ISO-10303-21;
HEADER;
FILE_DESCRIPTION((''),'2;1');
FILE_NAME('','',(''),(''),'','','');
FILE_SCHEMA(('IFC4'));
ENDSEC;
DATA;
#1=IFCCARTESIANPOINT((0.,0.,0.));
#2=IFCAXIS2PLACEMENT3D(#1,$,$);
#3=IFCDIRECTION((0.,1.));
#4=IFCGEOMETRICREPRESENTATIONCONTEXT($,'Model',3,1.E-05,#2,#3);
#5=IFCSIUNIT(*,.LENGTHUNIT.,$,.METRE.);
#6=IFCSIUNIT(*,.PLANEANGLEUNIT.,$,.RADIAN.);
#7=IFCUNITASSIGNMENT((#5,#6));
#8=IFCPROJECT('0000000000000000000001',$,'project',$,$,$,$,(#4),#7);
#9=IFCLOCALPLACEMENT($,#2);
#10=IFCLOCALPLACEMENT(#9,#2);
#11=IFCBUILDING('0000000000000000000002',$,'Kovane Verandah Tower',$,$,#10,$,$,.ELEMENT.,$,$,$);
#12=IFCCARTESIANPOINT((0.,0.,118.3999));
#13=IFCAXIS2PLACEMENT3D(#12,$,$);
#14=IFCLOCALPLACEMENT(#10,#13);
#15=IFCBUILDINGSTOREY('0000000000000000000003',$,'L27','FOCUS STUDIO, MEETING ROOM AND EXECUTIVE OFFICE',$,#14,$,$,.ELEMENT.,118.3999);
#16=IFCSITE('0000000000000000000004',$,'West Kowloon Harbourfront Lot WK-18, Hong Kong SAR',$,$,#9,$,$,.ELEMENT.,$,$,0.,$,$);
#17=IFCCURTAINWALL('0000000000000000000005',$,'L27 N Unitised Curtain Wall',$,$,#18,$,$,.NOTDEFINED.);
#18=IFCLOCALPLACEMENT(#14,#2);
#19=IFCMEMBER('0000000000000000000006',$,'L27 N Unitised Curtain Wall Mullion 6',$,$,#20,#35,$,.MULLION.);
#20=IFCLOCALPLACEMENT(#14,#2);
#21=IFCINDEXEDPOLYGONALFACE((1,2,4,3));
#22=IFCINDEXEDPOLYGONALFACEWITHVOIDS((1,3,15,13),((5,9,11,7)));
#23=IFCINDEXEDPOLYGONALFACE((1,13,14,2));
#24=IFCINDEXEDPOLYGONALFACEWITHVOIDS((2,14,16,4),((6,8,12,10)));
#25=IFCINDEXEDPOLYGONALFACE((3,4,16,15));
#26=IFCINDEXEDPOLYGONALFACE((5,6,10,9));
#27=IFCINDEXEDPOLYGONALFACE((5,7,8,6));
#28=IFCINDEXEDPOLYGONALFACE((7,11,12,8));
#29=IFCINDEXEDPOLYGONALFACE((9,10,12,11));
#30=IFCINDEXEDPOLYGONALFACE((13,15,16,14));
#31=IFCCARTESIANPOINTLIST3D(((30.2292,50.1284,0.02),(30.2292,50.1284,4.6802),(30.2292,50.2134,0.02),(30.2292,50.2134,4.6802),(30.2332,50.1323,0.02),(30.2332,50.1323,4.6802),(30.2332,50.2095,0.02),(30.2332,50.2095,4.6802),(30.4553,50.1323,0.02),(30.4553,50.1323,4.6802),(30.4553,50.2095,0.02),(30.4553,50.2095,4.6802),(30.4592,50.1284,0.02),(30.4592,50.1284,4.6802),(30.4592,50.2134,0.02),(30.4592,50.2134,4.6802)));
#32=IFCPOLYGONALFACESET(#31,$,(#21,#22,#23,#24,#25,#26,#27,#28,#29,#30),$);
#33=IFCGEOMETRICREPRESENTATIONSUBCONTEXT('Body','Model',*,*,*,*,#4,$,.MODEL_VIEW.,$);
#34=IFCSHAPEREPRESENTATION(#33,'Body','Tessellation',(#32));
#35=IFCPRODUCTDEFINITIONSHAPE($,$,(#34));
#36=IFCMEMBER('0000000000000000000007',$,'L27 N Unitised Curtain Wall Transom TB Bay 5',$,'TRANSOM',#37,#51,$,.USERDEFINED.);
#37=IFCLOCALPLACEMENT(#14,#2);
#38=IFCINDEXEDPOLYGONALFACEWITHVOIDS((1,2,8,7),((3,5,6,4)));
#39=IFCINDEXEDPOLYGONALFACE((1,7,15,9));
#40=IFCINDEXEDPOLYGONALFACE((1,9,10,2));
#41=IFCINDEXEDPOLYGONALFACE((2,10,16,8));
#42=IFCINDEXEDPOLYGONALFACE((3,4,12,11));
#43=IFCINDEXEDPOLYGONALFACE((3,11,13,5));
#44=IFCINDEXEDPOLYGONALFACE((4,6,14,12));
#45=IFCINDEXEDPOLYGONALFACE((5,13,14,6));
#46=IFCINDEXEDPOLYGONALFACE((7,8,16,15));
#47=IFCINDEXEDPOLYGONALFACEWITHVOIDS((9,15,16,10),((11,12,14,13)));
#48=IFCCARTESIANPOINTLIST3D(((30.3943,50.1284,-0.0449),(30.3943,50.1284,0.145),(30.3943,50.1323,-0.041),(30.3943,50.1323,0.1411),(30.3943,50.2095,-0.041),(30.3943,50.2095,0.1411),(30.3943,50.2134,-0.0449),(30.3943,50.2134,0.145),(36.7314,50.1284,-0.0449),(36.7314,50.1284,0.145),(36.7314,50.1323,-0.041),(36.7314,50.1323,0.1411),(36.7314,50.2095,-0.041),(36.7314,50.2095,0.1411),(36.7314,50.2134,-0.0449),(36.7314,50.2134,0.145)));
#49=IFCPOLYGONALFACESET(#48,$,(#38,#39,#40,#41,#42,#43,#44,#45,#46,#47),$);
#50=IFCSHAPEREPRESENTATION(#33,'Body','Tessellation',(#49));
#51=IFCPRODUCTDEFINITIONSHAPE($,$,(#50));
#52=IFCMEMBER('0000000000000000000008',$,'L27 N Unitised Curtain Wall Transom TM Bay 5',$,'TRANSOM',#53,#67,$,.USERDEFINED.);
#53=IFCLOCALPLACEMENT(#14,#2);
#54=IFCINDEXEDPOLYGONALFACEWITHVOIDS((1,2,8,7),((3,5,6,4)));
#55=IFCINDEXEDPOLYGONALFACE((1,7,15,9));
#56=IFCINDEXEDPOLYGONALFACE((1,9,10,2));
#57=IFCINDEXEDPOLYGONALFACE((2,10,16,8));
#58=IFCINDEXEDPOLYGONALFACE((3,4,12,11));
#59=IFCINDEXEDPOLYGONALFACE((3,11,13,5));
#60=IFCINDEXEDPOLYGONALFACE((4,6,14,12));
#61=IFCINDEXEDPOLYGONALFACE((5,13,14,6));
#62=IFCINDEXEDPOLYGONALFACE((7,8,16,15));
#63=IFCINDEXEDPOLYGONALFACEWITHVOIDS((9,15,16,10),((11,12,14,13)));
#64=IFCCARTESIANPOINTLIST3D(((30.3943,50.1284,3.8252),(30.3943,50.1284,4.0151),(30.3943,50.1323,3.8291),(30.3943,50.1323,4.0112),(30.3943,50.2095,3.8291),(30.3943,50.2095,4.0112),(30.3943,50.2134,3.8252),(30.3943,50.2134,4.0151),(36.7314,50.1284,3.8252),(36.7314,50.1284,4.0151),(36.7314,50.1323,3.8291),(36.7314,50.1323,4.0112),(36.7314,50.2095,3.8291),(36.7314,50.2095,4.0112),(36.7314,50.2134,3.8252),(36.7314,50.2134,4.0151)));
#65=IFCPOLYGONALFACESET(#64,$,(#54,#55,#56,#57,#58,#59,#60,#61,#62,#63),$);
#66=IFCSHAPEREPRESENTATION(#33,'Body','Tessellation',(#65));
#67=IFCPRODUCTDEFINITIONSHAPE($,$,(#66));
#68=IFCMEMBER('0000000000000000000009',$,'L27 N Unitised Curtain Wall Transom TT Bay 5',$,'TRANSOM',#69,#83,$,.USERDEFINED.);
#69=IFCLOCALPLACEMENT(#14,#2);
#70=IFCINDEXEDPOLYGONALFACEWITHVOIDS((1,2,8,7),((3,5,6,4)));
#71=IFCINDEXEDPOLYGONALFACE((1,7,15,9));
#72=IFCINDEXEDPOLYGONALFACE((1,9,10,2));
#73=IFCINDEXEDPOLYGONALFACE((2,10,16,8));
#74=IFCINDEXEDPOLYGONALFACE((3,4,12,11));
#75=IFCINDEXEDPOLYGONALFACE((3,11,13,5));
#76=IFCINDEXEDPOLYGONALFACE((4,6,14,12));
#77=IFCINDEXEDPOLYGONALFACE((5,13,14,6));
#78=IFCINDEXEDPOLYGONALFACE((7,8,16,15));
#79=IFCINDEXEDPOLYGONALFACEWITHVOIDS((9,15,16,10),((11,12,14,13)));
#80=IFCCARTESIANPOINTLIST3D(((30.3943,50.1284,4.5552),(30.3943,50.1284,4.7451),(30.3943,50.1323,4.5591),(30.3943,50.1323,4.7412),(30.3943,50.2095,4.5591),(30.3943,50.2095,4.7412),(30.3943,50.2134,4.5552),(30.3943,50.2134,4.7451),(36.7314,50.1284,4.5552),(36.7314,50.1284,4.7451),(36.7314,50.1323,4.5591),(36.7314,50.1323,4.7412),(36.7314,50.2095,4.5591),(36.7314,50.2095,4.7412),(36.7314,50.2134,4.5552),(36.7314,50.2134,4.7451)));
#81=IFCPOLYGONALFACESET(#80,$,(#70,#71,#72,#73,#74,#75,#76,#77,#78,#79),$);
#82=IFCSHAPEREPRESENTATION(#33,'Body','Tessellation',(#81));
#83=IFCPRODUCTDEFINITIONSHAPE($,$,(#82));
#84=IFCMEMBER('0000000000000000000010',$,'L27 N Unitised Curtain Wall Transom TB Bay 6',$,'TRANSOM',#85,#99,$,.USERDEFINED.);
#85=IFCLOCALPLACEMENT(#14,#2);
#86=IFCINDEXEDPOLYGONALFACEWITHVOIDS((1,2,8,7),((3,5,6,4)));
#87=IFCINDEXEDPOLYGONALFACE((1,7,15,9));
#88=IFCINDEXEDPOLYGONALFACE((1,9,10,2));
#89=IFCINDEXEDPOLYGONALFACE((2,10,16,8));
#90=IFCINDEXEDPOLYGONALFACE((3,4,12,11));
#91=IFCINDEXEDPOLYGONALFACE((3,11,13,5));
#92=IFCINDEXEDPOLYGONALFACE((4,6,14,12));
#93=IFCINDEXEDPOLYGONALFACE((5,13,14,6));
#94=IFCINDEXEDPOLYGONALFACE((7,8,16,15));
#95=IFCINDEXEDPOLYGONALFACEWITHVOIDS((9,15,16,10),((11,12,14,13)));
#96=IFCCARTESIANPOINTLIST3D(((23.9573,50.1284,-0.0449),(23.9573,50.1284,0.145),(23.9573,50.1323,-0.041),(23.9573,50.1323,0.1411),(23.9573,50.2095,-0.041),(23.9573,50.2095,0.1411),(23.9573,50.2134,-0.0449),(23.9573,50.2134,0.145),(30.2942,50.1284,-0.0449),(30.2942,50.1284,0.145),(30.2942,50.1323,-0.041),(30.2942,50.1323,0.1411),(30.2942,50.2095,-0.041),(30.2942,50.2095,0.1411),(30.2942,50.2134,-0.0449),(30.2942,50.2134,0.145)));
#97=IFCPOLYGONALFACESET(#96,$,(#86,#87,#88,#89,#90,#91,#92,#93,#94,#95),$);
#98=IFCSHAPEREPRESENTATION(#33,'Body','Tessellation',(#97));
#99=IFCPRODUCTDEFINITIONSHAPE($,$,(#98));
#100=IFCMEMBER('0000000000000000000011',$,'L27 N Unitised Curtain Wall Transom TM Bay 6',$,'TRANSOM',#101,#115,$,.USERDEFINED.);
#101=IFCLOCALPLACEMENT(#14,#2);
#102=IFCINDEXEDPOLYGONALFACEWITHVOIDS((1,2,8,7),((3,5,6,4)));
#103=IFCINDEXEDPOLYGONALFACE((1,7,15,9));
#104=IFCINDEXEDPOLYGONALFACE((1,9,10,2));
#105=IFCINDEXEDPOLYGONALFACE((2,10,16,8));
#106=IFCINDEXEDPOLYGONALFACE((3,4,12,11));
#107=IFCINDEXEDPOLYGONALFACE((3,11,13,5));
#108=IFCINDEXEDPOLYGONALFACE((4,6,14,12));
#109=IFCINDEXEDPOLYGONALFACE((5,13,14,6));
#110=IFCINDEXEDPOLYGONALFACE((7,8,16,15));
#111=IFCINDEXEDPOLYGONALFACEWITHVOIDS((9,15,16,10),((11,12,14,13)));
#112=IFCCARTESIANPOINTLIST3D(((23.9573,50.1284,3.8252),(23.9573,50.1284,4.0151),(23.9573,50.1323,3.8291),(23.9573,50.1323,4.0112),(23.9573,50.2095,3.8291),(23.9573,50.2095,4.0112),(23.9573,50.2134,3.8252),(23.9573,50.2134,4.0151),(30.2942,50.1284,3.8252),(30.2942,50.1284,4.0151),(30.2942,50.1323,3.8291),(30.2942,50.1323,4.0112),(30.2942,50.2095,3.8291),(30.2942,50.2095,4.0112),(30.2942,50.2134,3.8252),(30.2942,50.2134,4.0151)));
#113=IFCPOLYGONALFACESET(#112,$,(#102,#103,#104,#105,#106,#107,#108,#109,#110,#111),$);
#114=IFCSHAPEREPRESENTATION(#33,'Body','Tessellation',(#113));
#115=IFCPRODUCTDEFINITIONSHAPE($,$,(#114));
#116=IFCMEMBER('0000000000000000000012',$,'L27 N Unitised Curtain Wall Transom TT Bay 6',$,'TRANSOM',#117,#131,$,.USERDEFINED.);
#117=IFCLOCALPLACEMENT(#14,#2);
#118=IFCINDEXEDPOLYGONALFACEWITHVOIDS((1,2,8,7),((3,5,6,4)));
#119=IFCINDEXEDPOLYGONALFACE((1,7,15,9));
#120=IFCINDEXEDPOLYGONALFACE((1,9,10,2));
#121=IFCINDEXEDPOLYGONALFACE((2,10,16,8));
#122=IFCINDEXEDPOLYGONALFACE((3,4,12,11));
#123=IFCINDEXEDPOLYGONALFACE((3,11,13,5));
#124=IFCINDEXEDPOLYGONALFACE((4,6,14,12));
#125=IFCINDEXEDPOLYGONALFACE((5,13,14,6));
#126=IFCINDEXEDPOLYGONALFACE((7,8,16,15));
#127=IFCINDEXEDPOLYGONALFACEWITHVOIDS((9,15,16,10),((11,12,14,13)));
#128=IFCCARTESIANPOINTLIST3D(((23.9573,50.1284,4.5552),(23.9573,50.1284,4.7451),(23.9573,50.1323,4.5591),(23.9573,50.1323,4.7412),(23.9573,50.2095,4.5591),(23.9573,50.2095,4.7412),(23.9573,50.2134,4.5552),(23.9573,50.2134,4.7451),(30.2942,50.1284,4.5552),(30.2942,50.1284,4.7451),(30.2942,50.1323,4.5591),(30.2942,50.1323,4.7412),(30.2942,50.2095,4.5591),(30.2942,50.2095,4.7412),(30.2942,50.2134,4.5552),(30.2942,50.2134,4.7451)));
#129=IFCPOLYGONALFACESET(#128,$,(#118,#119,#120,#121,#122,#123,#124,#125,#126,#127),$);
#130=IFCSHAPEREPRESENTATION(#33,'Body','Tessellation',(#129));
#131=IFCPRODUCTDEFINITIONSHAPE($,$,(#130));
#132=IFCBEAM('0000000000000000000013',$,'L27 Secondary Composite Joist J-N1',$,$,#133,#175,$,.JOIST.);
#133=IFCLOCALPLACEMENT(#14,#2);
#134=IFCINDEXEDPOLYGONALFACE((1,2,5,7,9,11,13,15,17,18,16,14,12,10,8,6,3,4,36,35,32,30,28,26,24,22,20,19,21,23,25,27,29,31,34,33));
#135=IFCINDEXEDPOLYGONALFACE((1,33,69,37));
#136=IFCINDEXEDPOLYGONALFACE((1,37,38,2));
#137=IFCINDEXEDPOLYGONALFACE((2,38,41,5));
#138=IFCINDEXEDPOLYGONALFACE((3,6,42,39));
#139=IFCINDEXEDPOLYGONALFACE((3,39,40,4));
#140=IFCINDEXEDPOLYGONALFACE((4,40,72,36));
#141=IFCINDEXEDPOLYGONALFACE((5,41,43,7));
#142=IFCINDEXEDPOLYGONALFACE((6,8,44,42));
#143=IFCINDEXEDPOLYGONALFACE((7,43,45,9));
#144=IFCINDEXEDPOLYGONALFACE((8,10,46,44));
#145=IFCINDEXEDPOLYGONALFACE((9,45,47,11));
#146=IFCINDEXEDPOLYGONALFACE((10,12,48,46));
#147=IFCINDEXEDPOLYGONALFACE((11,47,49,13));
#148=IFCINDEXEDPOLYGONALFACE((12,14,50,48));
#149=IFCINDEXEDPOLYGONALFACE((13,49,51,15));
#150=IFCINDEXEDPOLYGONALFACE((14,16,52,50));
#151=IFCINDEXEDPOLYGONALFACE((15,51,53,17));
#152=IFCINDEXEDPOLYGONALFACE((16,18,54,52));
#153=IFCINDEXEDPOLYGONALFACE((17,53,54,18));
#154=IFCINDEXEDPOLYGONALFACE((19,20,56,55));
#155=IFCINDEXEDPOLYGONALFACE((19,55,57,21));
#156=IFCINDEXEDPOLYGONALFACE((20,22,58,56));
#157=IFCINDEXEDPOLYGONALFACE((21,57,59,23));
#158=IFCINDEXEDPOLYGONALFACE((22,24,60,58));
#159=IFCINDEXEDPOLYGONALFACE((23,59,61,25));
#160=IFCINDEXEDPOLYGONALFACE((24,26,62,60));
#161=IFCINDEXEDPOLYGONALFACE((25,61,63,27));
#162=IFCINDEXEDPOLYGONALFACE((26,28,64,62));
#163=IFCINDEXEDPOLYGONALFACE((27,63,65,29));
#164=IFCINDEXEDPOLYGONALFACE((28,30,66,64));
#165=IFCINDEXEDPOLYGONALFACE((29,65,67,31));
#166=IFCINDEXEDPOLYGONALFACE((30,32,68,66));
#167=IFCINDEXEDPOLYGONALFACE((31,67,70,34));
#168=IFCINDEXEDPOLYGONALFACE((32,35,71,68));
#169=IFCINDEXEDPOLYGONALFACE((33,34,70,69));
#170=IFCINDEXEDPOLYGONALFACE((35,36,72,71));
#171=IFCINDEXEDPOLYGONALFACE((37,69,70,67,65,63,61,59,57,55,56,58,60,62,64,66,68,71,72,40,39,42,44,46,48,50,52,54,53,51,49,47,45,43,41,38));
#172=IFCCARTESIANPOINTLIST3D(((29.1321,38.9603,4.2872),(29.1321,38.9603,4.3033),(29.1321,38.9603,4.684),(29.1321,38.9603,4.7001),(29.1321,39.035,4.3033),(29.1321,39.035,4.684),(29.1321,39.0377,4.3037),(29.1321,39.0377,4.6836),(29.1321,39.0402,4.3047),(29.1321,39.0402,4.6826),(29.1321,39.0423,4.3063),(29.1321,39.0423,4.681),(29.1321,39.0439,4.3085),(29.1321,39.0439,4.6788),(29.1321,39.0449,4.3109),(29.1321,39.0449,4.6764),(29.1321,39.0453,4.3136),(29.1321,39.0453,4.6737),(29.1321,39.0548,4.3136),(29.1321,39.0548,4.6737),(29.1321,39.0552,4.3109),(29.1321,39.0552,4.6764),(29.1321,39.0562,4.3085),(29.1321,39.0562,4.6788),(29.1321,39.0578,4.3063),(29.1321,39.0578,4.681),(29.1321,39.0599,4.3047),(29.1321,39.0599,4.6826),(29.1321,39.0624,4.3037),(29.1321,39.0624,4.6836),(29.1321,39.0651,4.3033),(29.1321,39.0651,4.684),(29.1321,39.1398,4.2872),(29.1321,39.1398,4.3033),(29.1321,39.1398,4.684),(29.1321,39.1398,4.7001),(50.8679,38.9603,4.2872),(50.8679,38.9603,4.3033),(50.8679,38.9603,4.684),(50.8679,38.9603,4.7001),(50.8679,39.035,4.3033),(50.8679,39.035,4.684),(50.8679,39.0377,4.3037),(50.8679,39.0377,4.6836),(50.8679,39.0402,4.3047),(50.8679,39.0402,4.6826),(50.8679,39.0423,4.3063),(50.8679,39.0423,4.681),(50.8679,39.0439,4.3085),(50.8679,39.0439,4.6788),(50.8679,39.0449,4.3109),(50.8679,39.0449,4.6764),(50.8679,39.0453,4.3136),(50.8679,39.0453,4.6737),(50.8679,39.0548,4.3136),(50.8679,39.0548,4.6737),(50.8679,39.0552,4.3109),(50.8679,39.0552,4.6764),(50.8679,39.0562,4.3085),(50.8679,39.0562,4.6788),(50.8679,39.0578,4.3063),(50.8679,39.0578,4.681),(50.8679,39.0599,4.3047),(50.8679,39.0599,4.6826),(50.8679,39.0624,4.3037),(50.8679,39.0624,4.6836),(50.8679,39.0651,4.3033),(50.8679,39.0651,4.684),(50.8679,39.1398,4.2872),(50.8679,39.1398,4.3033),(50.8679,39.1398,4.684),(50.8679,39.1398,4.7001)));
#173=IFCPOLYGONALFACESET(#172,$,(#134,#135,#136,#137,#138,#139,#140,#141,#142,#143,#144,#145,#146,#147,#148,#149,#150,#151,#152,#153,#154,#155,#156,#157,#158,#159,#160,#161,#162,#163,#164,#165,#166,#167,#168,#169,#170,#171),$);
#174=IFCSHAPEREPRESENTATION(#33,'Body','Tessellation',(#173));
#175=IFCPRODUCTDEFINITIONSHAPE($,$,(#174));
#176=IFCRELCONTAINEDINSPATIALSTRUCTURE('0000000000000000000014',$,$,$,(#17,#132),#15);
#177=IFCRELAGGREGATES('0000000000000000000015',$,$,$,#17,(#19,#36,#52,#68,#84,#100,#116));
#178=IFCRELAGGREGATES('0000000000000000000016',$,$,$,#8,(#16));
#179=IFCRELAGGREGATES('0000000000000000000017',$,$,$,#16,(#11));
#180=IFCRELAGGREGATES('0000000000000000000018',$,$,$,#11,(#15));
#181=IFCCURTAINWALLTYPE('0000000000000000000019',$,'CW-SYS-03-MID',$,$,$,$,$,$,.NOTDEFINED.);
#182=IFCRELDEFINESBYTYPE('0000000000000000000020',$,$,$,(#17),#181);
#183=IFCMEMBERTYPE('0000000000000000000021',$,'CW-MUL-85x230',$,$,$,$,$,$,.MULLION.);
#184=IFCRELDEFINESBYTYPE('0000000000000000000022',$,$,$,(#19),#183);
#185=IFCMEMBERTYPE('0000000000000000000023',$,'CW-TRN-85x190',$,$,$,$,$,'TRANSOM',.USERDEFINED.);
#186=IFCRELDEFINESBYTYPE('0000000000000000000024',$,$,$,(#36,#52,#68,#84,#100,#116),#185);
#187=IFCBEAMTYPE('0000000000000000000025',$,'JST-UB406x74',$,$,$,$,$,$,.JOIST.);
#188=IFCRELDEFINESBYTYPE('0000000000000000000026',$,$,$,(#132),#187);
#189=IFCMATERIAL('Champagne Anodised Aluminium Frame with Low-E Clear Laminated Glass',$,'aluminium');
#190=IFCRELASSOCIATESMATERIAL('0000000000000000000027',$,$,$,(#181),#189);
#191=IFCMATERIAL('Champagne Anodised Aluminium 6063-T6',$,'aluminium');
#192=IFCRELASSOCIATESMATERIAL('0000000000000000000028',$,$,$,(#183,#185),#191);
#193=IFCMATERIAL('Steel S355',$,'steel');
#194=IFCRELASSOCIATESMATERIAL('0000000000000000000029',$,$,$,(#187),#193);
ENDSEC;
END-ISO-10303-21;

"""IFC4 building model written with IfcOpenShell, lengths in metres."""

from ifc_helpers import new_model, si_unit, direction, frame, origin, origin_2d, place, context, subcontext, project, spatial, hollow_rectangle, i_section, extrude, material, material_profile, profile_set, type_object, element, aggregate, save


model = new_model("IFC4")

# Units and contexts
model_context = context("Model", 3, precision=1e-05, world=origin(), true_north=direction((0.0, 1.0)))
body_context = subcontext(model_context, "Body", "Model", "MODEL_VIEW")
ifc_project = project(units=[si_unit("LENGTHUNIT", "METRE"), si_unit("PLANEANGLEUNIT", "RADIAN")], contexts=[model_context])

# Site, building, storey
site_placement = place(None, origin())
site = spatial("IfcSite", under=ifc_project, at=site_placement, Name="West Kowloon Harbourfront Lot WK-18, Hong Kong SAR", CompositionType="ELEMENT", RefElevation=0.0)
building_placement = place(site_placement, origin())
building = spatial("IfcBuilding", under=site, at=building_placement, Name="Kovane Verandah Tower", CompositionType="ELEMENT")
storey_placement = place(building_placement, frame((0.0, 0.0, 118.3999)))
storey = spatial("IfcBuildingStorey", under=building, at=storey_placement, Name="L27", Description="FOCUS STUDIO, MEETING ROOM AND EXECUTIVE OFFICE", CompositionType="ELEMENT", Elevation=118.3999)

# Shared definitions
ifc_material_1 = material(Name="Steel S355", Category="steel")

# Curtain wall, members
ifc_material_2 = material(Name="Champagne Anodised Aluminium Frame with Low-E Clear Laminated Glass", Category="aluminium")
curtain_wall_type = type_object("IfcCurtainWallType", Name="CW-SYS-03-MID", PredefinedType="NOTDEFINED", material=ifc_material_2)
curtain_wall_placement = place(storey_placement, origin())
curtain_wall = element("IfcCurtainWall", 1, at=curtain_wall_placement, inside=storey, type_object=curtain_wall_type, Name="L27 N Unitised Curtain Wall", PredefinedType="NOTDEFINED")
ifc_material_3 = material(Name="Champagne Anodised Aluminium 6063-T6", Category="aluminium")
ifc_material_profile_1 = material_profile(ifc_material_3, hollow_rectangle(XDim=0.085, YDim=0.23, WallThickness=0.0039, at=origin_2d()), Name="AL85x230x4")
ifc_profile_set_1 = profile_set([ifc_material_profile_1], Name="Champagne Anodised Aluminium 6063-T6")
member_type_1 = type_object("IfcMemberType", Name="CW-MUL-85x230", PredefinedType="MULLION", material=ifc_profile_set_1)
member_1_placement = place(storey_placement, frame((30.3442, 50.1709, 0.02), z_axis=(0.0, 0.0, 1.0), x_axis=(0.0, 1.0, 0.0)))
member_1 = element("IfcMember", 2, at=member_1_placement, type_object=member_type_1, Name="L27 N Unitised Curtain Wall Mullion 6", PredefinedType="MULLION", context=body_context, shape_type="SweptSolid", body=[
    extrude(hollow_rectangle(XDim=0.085, YDim=0.23, WallThickness=0.0039, at=origin_2d()), origin(), (0.0, 0.0, 1.0), 4.6602),
])
ifc_material_profile_2 = material_profile(ifc_material_3, hollow_rectangle(XDim=0.085, YDim=0.1899, WallThickness=0.0039, at=origin_2d()), Name="AL85x190x4")
ifc_profile_set_2 = profile_set([ifc_material_profile_2], Name="Champagne Anodised Aluminium 6063-T6")
member_type_2 = type_object("IfcMemberType", Name="CW-TRN-85x190", ElementType="TRANSOM", PredefinedType="USERDEFINED", material=ifc_profile_set_2)
member_2_placement = place(storey_placement, frame((36.7314, 50.1709, 0.05), z_axis=(-1.0, 0.0, 0.0), x_axis=(0.0, -1.0, 0.0)))
member_2 = element("IfcMember", 3, at=member_2_placement, type_object=member_type_2, Name="L27 N Unitised Curtain Wall Transom TB Bay 5", ObjectType="TRANSOM", PredefinedType="USERDEFINED", context=body_context, shape_type="SweptSolid", body=[
    extrude(hollow_rectangle(XDim=0.085, YDim=0.1899, WallThickness=0.0039, at=origin_2d()), origin(), (0.0, 0.0, 1.0), 6.3372),
])
member_3_placement = place(storey_placement, frame((36.7314, 50.1709, 3.9202), z_axis=(-1.0, 0.0, 0.0), x_axis=(0.0, -1.0, 0.0)))
member_3 = element("IfcMember", 4, at=member_3_placement, type_object=member_type_2, Name="L27 N Unitised Curtain Wall Transom TM Bay 5", ObjectType="TRANSOM", PredefinedType="USERDEFINED", context=body_context, shape_type="SweptSolid", body=[
    extrude(hollow_rectangle(XDim=0.085, YDim=0.1899, WallThickness=0.0039, at=origin_2d()), origin(), (0.0, 0.0, 1.0), 6.3372),
])
member_4_placement = place(storey_placement, frame((36.7314, 50.1709, 4.6501), z_axis=(-1.0, 0.0, 0.0), x_axis=(0.0, -1.0, 0.0)))
member_4 = element("IfcMember", 5, at=member_4_placement, type_object=member_type_2, Name="L27 N Unitised Curtain Wall Transom TT Bay 5", ObjectType="TRANSOM", PredefinedType="USERDEFINED", context=body_context, shape_type="SweptSolid", body=[
    extrude(hollow_rectangle(XDim=0.085, YDim=0.1899, WallThickness=0.0039, at=origin_2d()), origin(), (0.0, 0.0, 1.0), 6.3372),
])
member_5_placement = place(storey_placement, frame((30.2942, 50.1709, 0.05), z_axis=(-1.0, 0.0, 0.0), x_axis=(0.0, -1.0, 0.0)))
member_5 = element("IfcMember", 6, at=member_5_placement, type_object=member_type_2, Name="L27 N Unitised Curtain Wall Transom TB Bay 6", ObjectType="TRANSOM", PredefinedType="USERDEFINED", context=body_context, shape_type="SweptSolid", body=[
    extrude(hollow_rectangle(XDim=0.085, YDim=0.1899, WallThickness=0.0039, at=origin_2d()), origin(), (0.0, 0.0, 1.0), 6.3369),
])
member_6_placement = place(storey_placement, frame((30.2942, 50.1709, 3.9202), z_axis=(-1.0, 0.0, 0.0), x_axis=(0.0, -1.0, 0.0)))
member_6 = element("IfcMember", 7, at=member_6_placement, type_object=member_type_2, Name="L27 N Unitised Curtain Wall Transom TM Bay 6", ObjectType="TRANSOM", PredefinedType="USERDEFINED", context=body_context, shape_type="SweptSolid", body=[
    extrude(hollow_rectangle(XDim=0.085, YDim=0.1899, WallThickness=0.0039, at=origin_2d()), origin(), (0.0, 0.0, 1.0), 6.3369),
])
member_7_placement = place(storey_placement, frame((30.2942, 50.1709, 4.6501), z_axis=(-1.0, 0.0, 0.0), x_axis=(0.0, -1.0, 0.0)))
member_7 = element("IfcMember", 8, at=member_7_placement, type_object=member_type_2, Name="L27 N Unitised Curtain Wall Transom TT Bay 6", ObjectType="TRANSOM", PredefinedType="USERDEFINED", context=body_context, shape_type="SweptSolid", body=[
    extrude(hollow_rectangle(XDim=0.085, YDim=0.1899, WallThickness=0.0039, at=origin_2d()), origin(), (0.0, 0.0, 1.0), 6.3369),
])

# Beam
ifc_material_profile_3 = material_profile(ifc_material_1, i_section(OverallWidth=0.1794, OverallDepth=0.4128, WebThickness=0.0095, FlangeThickness=0.0161, FilletRadius=0.0103, at=origin_2d()), Name="UB406x178x74")
ifc_profile_set_3 = profile_set([ifc_material_profile_3], Name="Steel S355")
beam_type_1 = type_object("IfcBeamType", Name="JST-UB406x74", PredefinedType="JOIST", material=ifc_profile_set_3)
for number, where, z_axis, x_axis, name in (
    (9, (29.1321, 39.05, 4.4937), (1.0, 0.0, 0.0), (0.0, 1.0, 0.0), "L27 Secondary Composite Joist J-N1"),
):
    element("IfcBeam", number, at=place(storey_placement, frame(where, z_axis=z_axis, x_axis=x_axis)), inside=storey, type_object=beam_type_1, Name=name, PredefinedType="JOIST", context=body_context, shape_type="SweptSolid", body=[
        extrude(i_section(OverallWidth=0.1794, OverallDepth=0.4128, WebThickness=0.0095, FlangeThickness=0.0161, FilletRadius=0.0103, at=origin_2d()), origin(), (0.0, 0.0, 1.0), 21.7358),
    ])

aggregate(curtain_wall, [member_1, member_2, member_3, member_4, member_5, member_6, member_7])

save(model, "model.ifc")
